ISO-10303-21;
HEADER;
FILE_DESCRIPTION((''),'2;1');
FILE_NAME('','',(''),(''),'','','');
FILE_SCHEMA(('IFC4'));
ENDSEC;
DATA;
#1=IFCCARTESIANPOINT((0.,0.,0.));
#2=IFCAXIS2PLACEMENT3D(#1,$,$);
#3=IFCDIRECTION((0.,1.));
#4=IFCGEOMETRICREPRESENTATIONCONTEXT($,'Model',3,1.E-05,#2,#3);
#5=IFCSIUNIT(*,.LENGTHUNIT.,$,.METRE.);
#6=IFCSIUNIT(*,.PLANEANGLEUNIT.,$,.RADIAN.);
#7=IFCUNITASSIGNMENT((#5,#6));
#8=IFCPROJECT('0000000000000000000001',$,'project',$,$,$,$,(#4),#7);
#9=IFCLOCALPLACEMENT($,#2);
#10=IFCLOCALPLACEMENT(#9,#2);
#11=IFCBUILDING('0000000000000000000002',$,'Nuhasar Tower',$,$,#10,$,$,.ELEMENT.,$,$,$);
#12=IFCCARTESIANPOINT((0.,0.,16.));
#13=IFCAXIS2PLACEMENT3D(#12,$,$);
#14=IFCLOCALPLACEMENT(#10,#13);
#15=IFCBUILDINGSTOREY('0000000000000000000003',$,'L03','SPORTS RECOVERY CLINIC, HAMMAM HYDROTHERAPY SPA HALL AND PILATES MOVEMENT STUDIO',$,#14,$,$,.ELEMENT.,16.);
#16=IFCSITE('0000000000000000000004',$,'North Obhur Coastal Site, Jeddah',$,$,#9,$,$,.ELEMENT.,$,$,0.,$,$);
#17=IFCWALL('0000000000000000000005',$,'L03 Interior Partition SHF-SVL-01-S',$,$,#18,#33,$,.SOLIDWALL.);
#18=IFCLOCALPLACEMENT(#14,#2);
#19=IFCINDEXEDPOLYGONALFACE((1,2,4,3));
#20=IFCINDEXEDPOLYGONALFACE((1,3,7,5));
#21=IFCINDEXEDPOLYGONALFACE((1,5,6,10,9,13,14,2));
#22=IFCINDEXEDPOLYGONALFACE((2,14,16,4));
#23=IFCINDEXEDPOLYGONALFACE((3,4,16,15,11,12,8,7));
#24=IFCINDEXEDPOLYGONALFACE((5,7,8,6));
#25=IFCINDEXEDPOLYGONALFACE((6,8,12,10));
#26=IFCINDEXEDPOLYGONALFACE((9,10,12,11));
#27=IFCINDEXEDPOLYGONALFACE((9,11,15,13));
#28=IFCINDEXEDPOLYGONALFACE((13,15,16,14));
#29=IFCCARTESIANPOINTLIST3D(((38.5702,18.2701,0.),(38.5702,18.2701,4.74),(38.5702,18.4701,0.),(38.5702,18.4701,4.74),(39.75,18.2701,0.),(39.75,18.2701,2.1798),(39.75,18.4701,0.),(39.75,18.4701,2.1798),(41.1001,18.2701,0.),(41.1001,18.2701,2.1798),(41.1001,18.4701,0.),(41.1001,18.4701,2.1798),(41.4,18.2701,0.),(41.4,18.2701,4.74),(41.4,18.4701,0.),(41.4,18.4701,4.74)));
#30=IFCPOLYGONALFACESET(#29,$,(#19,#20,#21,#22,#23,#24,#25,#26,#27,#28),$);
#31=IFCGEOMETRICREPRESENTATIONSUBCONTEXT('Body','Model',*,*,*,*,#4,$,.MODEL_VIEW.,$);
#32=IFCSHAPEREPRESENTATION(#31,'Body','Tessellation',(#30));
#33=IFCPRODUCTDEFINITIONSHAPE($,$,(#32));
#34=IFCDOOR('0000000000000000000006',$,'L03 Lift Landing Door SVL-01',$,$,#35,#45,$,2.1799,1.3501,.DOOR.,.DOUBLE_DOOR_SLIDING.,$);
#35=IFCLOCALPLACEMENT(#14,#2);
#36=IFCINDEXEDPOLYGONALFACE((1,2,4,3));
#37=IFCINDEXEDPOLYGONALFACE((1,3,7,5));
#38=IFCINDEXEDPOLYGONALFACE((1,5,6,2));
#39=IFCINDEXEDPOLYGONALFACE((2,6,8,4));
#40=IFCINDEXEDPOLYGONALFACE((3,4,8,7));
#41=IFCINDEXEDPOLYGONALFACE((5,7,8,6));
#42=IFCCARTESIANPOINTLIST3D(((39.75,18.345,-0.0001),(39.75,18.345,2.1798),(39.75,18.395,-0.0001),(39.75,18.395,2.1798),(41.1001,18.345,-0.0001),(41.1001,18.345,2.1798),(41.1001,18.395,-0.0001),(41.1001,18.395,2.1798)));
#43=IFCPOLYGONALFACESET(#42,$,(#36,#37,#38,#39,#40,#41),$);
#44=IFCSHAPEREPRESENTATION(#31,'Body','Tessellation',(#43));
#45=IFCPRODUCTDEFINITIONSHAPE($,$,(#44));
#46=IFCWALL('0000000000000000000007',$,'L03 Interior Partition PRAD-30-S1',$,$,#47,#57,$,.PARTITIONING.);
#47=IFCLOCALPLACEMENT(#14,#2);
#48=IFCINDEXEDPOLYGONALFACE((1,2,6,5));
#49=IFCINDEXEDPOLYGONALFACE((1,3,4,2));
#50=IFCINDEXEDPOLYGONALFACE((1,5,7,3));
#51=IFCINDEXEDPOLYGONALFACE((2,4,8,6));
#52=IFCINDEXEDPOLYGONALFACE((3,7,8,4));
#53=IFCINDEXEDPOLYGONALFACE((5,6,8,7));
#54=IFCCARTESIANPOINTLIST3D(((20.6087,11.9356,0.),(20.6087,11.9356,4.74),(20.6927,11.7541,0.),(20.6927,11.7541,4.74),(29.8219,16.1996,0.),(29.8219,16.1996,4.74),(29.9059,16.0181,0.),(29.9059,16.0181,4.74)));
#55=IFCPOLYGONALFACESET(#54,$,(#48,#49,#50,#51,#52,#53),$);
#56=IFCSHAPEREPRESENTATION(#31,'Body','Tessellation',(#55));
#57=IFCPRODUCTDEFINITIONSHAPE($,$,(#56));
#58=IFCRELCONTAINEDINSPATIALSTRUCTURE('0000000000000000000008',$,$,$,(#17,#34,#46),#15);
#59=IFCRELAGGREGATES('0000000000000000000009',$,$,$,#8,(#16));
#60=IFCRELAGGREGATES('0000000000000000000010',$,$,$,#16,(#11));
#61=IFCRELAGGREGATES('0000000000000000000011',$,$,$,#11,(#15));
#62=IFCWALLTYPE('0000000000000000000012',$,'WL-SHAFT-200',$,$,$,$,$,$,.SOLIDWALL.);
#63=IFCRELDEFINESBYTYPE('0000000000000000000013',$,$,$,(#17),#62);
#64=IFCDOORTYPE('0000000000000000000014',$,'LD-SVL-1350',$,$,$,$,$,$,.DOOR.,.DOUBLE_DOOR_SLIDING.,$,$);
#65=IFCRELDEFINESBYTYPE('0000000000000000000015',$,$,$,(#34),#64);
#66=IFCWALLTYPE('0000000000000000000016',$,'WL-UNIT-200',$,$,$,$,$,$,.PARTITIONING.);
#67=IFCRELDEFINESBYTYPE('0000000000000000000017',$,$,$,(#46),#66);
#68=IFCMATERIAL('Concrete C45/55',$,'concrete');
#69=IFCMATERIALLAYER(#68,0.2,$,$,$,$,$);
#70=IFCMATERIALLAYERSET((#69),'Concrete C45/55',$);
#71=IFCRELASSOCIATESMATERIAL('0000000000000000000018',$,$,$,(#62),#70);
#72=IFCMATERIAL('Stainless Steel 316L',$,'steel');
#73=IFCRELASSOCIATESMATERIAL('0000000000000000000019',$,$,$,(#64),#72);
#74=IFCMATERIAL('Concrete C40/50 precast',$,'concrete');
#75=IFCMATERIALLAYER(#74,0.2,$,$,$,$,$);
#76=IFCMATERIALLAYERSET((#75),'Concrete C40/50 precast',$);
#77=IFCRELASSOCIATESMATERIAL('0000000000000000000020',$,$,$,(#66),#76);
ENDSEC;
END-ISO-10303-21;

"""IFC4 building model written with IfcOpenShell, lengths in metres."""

from ifc_helpers import new_model, si_unit, direction, frame, frame_2d, origin, place, context, subcontext, project, spatial, rectangle, extrude, material, layer, layer_set, type_object, element, fill, save


model = new_model("IFC4")

# Units and contexts
model_context = context("Model", 3, precision=1e-05, world=origin(), true_north=direction((0.0, 1.0)))
body_context = subcontext(model_context, "Body", "Model", "MODEL_VIEW")
ifc_project = project(units=[si_unit("LENGTHUNIT", "METRE"), si_unit("PLANEANGLEUNIT", "RADIAN")], contexts=[model_context])

# Site, building, storey
site_placement = place(None, origin())
site = spatial("IfcSite", under=ifc_project, at=site_placement, Name="North Obhur Coastal Site, Jeddah", CompositionType="ELEMENT", RefElevation=0.0)
building_placement = place(site_placement, origin())
building = spatial("IfcBuilding", under=site, at=building_placement, Name="Nuhasar Tower", CompositionType="ELEMENT")
storey_placement = place(building_placement, frame((0.0, 0.0, 16.0)))
storey = spatial("IfcBuildingStorey", under=building, at=storey_placement, Name="L03", Description="SPORTS RECOVERY CLINIC, HAMMAM HYDROTHERAPY SPA HALL AND PILATES MOVEMENT STUDIO", CompositionType="ELEMENT", Elevation=16.0)

# Shared definitions
ifc_material_1 = material(Name="Concrete C45/55", Category="concrete")

# Shared definitions
ifc_layer_1 = layer(ifc_material_1, 0.2)
ifc_layer_set_1 = layer_set([ifc_layer_1], Name="Concrete C45/55")
wall_type_1 = type_object("IfcWallType", Name="WL-SHAFT-200", PredefinedType="SOLIDWALL", material=ifc_layer_set_1)
ifc_material_2 = material(Name="Stainless Steel 316L", Category="steel")

# Wall, opening, door
wall_1_placement = place(storey_placement, frame((38.5701, 18.3701, 0.0), z_axis=(0.0, 0.0, 1.0), x_axis=(1.0, 0.0, 0.0)))
wall_1 = element("IfcWall", 1, at=wall_1_placement, inside=storey, type_object=wall_type_1, Name="L03 Interior Partition SHF-SVL-01-S", PredefinedType="SOLIDWALL", context=body_context, shape_type="SweptSolid", body=[
    extrude(rectangle(XDim=2.8298, YDim=0.2, at=frame_2d((1.415, 0.0))), origin(), (0.0, 0.0, 1.0), 4.74),
])
opening_1_placement = place(wall_1_placement, frame((1.1799, 0.0, 0.0)))
opening_1 = element("IfcOpeningElement", 2, at=opening_1_placement, cuts=wall_1, PredefinedType="OPENING", context=body_context, shape_type="SweptSolid", body=[
    extrude(rectangle(XDim=1.3501, YDim=2.1799, at=frame_2d((0.675, 1.0898))), frame((0.0, 0.1099, 0.0), z_axis=(0.0, -1.0, 0.0), x_axis=(1.0, 0.0, 0.0)), (0.0, 0.0, 1.0), 0.22),
])
door_type_1 = type_object("IfcDoorType", Name="LD-SVL-1350", OperationType="DOUBLE_DOOR_SLIDING", PredefinedType="DOOR", material=ifc_material_2)
door_1_placement = place(opening_1_placement, origin())
door_1 = element("IfcDoor", 3, at=door_1_placement, inside=storey, type_object=door_type_1, Name="L03 Lift Landing Door SVL-01", OperationType="DOUBLE_DOOR_SLIDING", OverallHeight=2.1799, OverallWidth=1.3501, PredefinedType="DOOR", context=body_context, shape_type="SweptSolid", body=[
    extrude(rectangle(XDim=1.3501, YDim=2.1799, at=frame_2d((0.675, 1.0898))), frame((0.0, 0.0249, 0.0), z_axis=(0.0, -1.0, 0.0), x_axis=(1.0, 0.0, 0.0)), (0.0, 0.0, 1.0), 0.05),
])
fill(opening_1, door_1)

# Wall
ifc_material_3 = material(Name="Concrete C40/50 precast", Category="concrete")
ifc_layer_2 = layer(ifc_material_3, 0.2)
ifc_layer_set_2 = layer_set([ifc_layer_2], Name="Concrete C40/50 precast")
wall_type_2 = type_object("IfcWallType", Name="WL-UNIT-200", PredefinedType="PARTITIONING", material=ifc_layer_set_2)
wall_2_placement = place(storey_placement, frame((29.864, 16.1089, 0.0), z_axis=(0.0, 0.0, 1.0), x_axis=(-0.90752, -0.420008, 0.0)))
element("IfcWall", 4, at=wall_2_placement, inside=storey, type_object=wall_type_2, Name="L03 Interior Partition PRAD-30-S1", PredefinedType="PARTITIONING", context=body_context, shape_type="SweptSolid", body=[
    extrude(rectangle(XDim=10.1521, YDim=0.2, at=frame_2d((5.0762, 0.0))), origin(), (0.0, 0.0, 1.0), 4.74),
])

save(model, "model.ifc")
